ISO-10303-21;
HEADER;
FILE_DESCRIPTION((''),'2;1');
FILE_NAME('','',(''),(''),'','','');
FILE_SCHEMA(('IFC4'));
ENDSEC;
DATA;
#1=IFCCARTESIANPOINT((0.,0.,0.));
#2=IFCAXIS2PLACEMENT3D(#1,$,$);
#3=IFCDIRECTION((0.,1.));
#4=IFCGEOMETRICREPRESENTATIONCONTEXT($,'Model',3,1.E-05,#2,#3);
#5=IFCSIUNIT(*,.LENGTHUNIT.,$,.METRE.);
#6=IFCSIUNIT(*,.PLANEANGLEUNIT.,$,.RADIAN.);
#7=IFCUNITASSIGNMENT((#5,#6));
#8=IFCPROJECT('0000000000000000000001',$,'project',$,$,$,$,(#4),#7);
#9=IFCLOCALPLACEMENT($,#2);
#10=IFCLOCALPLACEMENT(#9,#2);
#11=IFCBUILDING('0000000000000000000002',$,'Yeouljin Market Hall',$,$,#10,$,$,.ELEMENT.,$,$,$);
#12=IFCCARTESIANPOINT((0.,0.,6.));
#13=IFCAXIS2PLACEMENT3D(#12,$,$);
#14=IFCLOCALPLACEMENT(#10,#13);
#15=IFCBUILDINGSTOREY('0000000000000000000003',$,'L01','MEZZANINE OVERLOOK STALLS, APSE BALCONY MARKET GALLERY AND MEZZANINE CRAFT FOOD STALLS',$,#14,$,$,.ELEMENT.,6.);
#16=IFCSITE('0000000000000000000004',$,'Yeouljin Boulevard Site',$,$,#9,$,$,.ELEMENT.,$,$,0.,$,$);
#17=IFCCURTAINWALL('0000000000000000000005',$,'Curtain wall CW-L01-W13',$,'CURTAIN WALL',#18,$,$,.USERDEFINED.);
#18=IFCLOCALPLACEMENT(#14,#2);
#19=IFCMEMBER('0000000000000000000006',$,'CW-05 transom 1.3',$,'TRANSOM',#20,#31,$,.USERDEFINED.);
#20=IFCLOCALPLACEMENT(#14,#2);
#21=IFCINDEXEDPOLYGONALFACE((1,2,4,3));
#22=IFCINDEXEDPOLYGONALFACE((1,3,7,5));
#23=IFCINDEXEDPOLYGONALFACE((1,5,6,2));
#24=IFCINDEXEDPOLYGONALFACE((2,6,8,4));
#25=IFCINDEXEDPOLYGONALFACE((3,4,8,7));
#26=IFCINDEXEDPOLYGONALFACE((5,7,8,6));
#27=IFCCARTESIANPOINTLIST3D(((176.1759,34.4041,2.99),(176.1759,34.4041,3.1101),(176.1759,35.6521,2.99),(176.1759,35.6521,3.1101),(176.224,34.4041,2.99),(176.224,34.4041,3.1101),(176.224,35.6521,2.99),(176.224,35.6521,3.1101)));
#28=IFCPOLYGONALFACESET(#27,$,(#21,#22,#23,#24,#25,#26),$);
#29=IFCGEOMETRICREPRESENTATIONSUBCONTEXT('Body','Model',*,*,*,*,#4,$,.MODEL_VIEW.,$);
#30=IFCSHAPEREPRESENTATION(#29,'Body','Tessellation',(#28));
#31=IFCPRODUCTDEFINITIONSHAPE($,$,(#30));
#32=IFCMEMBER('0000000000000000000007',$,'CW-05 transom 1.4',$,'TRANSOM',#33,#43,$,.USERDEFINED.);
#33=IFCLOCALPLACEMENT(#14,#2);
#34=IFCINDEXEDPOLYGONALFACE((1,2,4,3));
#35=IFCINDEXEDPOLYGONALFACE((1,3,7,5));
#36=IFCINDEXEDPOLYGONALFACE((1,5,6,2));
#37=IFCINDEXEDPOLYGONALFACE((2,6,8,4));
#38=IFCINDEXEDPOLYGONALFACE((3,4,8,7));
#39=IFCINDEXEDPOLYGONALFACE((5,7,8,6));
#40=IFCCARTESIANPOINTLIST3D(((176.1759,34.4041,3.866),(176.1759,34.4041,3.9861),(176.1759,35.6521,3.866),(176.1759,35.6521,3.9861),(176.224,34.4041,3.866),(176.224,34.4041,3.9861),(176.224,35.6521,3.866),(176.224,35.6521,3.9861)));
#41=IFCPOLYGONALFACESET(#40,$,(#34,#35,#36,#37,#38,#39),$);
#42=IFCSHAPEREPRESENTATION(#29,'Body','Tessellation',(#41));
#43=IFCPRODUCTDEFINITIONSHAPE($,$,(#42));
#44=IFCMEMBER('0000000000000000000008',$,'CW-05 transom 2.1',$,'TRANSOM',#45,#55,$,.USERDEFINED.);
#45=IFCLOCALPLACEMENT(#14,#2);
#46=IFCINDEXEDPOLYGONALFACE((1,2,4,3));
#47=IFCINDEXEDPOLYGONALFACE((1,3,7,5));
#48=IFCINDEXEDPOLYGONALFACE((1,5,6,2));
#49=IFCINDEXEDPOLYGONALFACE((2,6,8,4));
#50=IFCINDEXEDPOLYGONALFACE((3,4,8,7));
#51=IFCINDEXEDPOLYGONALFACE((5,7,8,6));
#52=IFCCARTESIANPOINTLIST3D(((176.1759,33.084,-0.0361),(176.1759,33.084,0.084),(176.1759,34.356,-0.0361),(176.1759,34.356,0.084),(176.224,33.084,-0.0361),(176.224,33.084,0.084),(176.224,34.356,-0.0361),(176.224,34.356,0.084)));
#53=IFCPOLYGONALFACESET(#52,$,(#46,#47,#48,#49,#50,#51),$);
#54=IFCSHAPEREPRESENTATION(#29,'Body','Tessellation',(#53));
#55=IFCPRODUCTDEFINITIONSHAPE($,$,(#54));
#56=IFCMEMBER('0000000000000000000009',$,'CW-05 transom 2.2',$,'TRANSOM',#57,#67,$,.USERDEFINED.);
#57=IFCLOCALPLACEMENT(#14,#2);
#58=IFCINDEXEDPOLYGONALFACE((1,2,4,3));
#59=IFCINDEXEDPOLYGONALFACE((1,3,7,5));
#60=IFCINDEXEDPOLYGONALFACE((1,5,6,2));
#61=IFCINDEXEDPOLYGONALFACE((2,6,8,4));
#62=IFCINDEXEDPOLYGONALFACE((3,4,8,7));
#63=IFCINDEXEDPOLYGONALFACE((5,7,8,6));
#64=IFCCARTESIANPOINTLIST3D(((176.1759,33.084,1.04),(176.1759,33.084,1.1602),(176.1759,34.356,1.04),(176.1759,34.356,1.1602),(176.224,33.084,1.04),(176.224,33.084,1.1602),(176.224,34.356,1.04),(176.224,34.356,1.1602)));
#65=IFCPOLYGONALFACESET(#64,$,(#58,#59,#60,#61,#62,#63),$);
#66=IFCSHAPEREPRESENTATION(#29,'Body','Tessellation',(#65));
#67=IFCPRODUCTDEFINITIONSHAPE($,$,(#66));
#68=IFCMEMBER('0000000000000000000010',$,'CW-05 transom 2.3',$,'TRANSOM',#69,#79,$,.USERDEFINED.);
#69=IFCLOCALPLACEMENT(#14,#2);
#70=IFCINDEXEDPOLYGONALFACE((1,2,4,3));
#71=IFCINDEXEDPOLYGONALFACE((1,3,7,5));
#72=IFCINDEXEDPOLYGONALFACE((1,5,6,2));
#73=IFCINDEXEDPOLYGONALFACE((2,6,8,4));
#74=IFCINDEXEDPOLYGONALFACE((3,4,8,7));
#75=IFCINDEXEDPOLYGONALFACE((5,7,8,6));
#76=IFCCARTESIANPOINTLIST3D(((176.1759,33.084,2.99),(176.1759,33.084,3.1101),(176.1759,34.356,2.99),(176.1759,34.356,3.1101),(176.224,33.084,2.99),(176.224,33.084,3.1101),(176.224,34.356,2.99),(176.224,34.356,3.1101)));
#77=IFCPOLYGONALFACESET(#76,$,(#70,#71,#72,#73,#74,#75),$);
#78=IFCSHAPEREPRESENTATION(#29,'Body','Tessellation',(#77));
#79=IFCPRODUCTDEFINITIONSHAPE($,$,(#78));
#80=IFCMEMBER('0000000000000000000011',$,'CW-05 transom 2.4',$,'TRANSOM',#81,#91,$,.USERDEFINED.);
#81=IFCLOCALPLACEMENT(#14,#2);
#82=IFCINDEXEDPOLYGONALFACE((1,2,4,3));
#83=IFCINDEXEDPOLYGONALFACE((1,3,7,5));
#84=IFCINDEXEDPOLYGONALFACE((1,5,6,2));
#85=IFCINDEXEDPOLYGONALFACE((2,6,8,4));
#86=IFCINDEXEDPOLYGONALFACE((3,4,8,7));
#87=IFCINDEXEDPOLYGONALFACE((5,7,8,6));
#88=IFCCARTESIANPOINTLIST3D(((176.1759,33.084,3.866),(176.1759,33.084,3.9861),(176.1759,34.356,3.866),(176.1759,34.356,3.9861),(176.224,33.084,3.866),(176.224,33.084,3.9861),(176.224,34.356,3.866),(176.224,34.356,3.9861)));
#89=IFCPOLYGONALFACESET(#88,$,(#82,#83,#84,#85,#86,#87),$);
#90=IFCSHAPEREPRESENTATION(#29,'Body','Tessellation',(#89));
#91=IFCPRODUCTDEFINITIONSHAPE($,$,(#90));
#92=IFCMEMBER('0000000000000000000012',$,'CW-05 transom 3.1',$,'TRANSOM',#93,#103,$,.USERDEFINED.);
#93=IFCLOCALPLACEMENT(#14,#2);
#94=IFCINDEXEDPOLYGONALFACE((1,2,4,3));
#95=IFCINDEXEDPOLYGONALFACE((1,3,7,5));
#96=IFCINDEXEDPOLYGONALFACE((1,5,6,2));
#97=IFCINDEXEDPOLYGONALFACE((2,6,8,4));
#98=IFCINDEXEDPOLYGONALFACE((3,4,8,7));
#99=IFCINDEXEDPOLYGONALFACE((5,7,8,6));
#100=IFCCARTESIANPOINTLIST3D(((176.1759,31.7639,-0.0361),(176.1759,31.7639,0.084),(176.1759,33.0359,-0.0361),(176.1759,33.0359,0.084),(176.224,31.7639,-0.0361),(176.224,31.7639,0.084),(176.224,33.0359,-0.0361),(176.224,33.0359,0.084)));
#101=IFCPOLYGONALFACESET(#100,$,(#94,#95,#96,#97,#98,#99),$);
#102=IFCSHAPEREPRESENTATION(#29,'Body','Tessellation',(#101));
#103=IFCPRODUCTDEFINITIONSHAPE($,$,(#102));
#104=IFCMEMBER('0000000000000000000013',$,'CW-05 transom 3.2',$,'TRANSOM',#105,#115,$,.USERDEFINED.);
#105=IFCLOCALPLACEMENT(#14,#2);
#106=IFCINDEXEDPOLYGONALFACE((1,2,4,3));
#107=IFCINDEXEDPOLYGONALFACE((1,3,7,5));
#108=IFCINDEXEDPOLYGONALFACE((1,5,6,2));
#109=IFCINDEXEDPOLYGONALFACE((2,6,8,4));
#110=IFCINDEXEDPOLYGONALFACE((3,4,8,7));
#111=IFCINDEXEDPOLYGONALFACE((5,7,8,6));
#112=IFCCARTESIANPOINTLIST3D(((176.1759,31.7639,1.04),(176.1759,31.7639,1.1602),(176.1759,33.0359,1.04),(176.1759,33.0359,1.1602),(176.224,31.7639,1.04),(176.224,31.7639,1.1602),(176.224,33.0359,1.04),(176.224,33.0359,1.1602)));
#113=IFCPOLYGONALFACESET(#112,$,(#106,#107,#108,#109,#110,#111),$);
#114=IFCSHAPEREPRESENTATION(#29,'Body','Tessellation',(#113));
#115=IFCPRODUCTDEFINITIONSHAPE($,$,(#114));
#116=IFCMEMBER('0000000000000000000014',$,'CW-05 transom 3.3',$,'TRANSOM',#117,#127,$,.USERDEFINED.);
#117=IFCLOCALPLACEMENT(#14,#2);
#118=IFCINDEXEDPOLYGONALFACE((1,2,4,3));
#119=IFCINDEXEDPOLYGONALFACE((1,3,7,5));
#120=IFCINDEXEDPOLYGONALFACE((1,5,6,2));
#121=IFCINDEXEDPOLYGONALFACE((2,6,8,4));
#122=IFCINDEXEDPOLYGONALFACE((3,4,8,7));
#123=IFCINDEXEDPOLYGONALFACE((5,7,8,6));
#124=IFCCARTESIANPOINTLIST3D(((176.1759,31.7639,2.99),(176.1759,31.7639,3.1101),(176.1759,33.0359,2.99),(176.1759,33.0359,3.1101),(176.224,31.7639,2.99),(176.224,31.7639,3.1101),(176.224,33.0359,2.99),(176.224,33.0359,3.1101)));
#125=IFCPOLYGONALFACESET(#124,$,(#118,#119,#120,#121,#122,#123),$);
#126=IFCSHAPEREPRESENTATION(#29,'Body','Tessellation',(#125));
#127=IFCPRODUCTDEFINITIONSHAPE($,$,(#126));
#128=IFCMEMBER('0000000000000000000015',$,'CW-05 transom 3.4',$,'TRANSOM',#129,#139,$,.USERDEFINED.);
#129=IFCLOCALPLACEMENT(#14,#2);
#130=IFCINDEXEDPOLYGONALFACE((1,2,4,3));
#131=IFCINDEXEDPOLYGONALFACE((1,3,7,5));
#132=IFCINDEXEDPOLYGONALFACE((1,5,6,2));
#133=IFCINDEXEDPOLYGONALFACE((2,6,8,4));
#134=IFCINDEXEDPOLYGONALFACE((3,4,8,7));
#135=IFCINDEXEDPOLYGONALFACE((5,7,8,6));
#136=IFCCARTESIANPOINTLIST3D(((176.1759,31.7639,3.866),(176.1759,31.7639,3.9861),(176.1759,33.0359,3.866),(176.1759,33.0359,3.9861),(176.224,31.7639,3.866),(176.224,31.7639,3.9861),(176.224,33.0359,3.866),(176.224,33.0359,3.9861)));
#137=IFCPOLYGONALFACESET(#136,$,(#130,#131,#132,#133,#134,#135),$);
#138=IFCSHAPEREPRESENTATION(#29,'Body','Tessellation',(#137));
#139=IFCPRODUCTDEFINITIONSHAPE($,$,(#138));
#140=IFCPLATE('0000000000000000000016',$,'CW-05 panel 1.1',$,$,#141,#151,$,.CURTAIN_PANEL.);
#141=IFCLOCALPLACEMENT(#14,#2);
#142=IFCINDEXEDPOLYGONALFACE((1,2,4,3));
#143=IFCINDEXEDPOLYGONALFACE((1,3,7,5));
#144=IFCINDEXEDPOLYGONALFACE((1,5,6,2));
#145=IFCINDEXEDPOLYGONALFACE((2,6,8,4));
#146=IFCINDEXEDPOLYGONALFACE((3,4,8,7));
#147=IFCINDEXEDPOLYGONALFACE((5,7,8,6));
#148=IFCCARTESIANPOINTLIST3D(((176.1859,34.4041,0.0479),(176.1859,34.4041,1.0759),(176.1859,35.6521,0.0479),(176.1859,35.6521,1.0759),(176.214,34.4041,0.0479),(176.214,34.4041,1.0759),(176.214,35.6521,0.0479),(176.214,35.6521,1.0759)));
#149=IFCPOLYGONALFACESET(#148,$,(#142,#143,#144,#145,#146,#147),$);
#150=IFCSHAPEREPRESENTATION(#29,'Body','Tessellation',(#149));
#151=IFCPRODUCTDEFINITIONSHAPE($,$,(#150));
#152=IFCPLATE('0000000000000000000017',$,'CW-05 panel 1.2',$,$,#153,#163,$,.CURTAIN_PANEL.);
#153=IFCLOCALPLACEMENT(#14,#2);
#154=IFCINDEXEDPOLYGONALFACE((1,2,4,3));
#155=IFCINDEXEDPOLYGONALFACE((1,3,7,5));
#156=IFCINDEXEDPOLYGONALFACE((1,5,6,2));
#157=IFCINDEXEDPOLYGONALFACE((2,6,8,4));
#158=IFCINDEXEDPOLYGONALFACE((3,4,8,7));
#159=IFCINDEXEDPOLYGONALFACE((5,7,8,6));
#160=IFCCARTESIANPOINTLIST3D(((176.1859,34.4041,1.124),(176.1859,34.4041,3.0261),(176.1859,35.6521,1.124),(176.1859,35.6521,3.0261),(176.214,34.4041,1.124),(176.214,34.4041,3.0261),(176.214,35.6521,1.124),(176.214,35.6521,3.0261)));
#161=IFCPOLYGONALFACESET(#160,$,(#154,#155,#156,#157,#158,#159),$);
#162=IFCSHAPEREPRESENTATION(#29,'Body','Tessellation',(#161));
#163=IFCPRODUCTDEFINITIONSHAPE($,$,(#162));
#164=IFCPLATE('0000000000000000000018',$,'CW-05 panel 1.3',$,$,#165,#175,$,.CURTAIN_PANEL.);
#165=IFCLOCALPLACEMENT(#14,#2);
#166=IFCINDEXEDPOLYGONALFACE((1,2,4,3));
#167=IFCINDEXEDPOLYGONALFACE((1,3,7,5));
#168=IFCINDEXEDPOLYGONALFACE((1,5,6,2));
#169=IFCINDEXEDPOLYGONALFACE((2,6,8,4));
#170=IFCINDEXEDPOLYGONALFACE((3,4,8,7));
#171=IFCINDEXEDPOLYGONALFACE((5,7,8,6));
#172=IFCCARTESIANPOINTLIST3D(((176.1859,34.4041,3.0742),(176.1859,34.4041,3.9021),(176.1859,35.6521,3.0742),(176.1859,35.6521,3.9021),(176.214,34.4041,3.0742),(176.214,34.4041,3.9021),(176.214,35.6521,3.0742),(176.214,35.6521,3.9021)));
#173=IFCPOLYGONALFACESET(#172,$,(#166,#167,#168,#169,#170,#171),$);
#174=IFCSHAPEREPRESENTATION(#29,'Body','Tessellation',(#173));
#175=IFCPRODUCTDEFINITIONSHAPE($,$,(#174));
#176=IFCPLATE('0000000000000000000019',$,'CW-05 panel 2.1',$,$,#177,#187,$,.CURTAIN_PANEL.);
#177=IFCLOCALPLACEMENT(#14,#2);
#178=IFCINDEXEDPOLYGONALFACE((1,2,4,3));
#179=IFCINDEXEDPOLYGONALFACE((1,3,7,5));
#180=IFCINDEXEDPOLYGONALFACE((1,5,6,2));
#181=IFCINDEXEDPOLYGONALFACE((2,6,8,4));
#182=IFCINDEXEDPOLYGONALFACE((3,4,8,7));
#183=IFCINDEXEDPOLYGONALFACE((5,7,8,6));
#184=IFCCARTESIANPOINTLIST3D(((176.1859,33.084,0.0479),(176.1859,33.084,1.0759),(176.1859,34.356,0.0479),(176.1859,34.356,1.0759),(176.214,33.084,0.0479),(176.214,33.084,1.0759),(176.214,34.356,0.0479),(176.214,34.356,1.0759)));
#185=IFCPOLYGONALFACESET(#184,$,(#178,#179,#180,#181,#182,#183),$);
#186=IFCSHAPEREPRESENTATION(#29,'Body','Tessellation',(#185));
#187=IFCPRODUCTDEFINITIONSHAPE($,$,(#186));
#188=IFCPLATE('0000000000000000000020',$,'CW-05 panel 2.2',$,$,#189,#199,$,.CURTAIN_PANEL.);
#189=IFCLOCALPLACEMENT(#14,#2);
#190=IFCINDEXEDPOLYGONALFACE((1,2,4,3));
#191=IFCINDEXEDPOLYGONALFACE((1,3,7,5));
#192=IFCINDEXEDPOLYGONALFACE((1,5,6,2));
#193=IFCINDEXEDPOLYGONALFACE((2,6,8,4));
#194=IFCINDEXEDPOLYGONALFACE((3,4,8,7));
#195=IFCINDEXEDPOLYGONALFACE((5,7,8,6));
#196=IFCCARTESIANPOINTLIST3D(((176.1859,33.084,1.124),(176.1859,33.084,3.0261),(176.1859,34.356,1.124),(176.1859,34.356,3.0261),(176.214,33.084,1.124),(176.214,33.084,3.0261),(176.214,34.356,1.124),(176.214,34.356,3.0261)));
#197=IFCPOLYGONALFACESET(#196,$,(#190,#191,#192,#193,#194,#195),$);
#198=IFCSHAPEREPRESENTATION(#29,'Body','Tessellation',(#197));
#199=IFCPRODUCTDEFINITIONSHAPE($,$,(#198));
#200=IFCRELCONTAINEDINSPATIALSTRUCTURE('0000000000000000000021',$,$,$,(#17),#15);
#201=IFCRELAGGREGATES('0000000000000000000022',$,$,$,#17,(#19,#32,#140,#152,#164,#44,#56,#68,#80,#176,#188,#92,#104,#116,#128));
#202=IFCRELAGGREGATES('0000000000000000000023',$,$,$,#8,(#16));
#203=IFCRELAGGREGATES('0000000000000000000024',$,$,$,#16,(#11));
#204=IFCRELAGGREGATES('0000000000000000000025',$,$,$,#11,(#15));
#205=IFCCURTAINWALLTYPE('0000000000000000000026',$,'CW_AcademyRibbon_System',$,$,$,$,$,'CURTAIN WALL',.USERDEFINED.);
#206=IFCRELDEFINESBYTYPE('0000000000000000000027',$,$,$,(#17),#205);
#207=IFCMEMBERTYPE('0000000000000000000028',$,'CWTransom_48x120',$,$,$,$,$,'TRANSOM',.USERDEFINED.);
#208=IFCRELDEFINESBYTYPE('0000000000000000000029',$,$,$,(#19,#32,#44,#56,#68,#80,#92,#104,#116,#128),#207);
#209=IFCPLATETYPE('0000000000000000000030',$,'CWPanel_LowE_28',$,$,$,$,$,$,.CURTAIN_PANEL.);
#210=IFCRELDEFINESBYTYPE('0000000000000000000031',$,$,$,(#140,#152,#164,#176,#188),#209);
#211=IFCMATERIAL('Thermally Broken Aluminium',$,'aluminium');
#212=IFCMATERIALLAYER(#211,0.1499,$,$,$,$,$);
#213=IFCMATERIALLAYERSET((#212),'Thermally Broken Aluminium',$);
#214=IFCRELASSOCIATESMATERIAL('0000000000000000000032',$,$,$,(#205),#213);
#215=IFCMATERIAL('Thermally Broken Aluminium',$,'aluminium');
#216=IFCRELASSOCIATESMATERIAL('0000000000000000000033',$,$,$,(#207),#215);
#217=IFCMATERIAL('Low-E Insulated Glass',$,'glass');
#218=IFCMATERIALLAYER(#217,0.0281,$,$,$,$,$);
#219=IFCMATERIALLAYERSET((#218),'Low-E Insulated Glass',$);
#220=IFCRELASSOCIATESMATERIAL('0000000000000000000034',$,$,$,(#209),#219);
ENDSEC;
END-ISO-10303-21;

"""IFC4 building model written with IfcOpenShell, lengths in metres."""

from ifc_helpers import new_model, si_unit, direction, frame, origin, origin_2d, place, context, subcontext, project, spatial, rectangle, extrude, material, layer, layer_set, material_profile, profile_set, type_object, element, aggregate, save


model = new_model("IFC4")

# Units and contexts
model_context = context("Model", 3, precision=1e-05, world=origin(), true_north=direction((0.0, 1.0)))
body_context = subcontext(model_context, "Body", "Model", "MODEL_VIEW")
ifc_project = project(units=[si_unit("LENGTHUNIT", "METRE"), si_unit("PLANEANGLEUNIT", "RADIAN")], contexts=[model_context])

# Site, building, storey
site_placement = place(None, origin())
site = spatial("IfcSite", under=ifc_project, at=site_placement, Name="Yeouljin Boulevard Site", CompositionType="ELEMENT", RefElevation=0.0)
building_placement = place(site_placement, origin())
building = spatial("IfcBuilding", under=site, at=building_placement, Name="Yeouljin Market Hall", CompositionType="ELEMENT")
storey_placement = place(building_placement, frame((0.0, 0.0, 6.0)))
storey = spatial("IfcBuildingStorey", under=building, at=storey_placement, Name="L01", Description="MEZZANINE OVERLOOK STALLS, APSE BALCONY MARKET GALLERY AND MEZZANINE CRAFT FOOD STALLS", CompositionType="ELEMENT", Elevation=6.0)

# Curtain wall, members, plates
ifc_material_1 = material(Name="Thermally Broken Aluminium", Category="aluminium")
ifc_layer_1 = layer(ifc_material_1, 0.1499)
ifc_layer_set_1 = layer_set([ifc_layer_1], Name="Thermally Broken Aluminium")
curtain_wall_type = type_object("IfcCurtainWallType", Name="CW_AcademyRibbon_System", ElementType="CURTAIN WALL", PredefinedType="USERDEFINED", material=ifc_layer_set_1)
curtain_wall_placement = place(storey_placement, origin())
curtain_wall = element("IfcCurtainWall", 1, at=curtain_wall_placement, inside=storey, type_object=curtain_wall_type, Name="Curtain wall CW-L01-W13", ObjectType="CURTAIN WALL", PredefinedType="USERDEFINED")
ifc_material_2 = material(Name="Thermally Broken Aluminium", Category="aluminium")
ifc_material_profile_1 = material_profile(ifc_material_2, rectangle(XDim=0.0481, YDim=0.1201, at=origin_2d()), Name="CW-TRAN-48x120")
ifc_profile_set_1 = profile_set([ifc_material_profile_1], Name="Thermally Broken Aluminium")
member_type_1 = type_object("IfcMemberType", Name="CWTransom_48x120", ElementType="TRANSOM", PredefinedType="USERDEFINED", material=ifc_profile_set_1)
member_1_placement = place(storey_placement, frame((176.2, 35.6521, 3.05), z_axis=(0.0, -1.0, 0.0), x_axis=(1.0, 0.0, 0.0)))
member_1 = element("IfcMember", 2, at=member_1_placement, type_object=member_type_1, Name="CW-05 transom 1.3", ObjectType="TRANSOM", PredefinedType="USERDEFINED", context=body_context, shape_type="SweptSolid", body=[
    extrude(rectangle(XDim=0.0481, YDim=0.1201, at=origin_2d()), origin(), (0.0, 0.0, 1.0), 1.248),
])
member_2_placement = place(storey_placement, frame((176.2, 35.6521, 3.926), z_axis=(0.0, -1.0, 0.0), x_axis=(1.0, 0.0, 0.0)))
member_2 = element("IfcMember", 3, at=member_2_placement, type_object=member_type_1, Name="CW-05 transom 1.4", ObjectType="TRANSOM", PredefinedType="USERDEFINED", context=body_context, shape_type="SweptSolid", body=[
    extrude(rectangle(XDim=0.0481, YDim=0.1201, at=origin_2d()), origin(), (0.0, 0.0, 1.0), 1.248),
])
member_3_placement = place(storey_placement, frame((176.2, 34.356, 0.0239), z_axis=(0.0, -1.0, 0.0), x_axis=(1.0, 0.0, 0.0)))
member_3 = element("IfcMember", 4, at=member_3_placement, type_object=member_type_1, Name="CW-05 transom 2.1", ObjectType="TRANSOM", PredefinedType="USERDEFINED", context=body_context, shape_type="SweptSolid", body=[
    extrude(rectangle(XDim=0.0481, YDim=0.1201, at=origin_2d()), origin(), (0.0, 0.0, 1.0), 1.272),
])
member_4_placement = place(storey_placement, frame((176.2, 34.356, 1.1001), z_axis=(0.0, -1.0, 0.0), x_axis=(1.0, 0.0, 0.0)))
member_4 = element("IfcMember", 5, at=member_4_placement, type_object=member_type_1, Name="CW-05 transom 2.2", ObjectType="TRANSOM", PredefinedType="USERDEFINED", context=body_context, shape_type="SweptSolid", body=[
    extrude(rectangle(XDim=0.0481, YDim=0.1201, at=origin_2d()), origin(), (0.0, 0.0, 1.0), 1.272),
])
member_5_placement = place(storey_placement, frame((176.2, 34.356, 3.05), z_axis=(0.0, -1.0, 0.0), x_axis=(1.0, 0.0, 0.0)))
member_5 = element("IfcMember", 6, at=member_5_placement, type_object=member_type_1, Name="CW-05 transom 2.3", ObjectType="TRANSOM", PredefinedType="USERDEFINED", context=body_context, shape_type="SweptSolid", body=[
    extrude(rectangle(XDim=0.0481, YDim=0.1201, at=origin_2d()), origin(), (0.0, 0.0, 1.0), 1.272),
])
member_6_placement = place(storey_placement, frame((176.2, 34.356, 3.926), z_axis=(0.0, -1.0, 0.0), x_axis=(1.0, 0.0, 0.0)))
member_6 = element("IfcMember", 7, at=member_6_placement, type_object=member_type_1, Name="CW-05 transom 2.4", ObjectType="TRANSOM", PredefinedType="USERDEFINED", context=body_context, shape_type="SweptSolid", body=[
    extrude(rectangle(XDim=0.0481, YDim=0.1201, at=origin_2d()), origin(), (0.0, 0.0, 1.0), 1.272),
])
member_7_placement = place(storey_placement, frame((176.2, 33.0359, 0.0239), z_axis=(0.0, -1.0, 0.0), x_axis=(1.0, 0.0, 0.0)))
member_7 = element("IfcMember", 8, at=member_7_placement, type_object=member_type_1, Name="CW-05 transom 3.1", ObjectType="TRANSOM", PredefinedType="USERDEFINED", context=body_context, shape_type="SweptSolid", body=[
    extrude(rectangle(XDim=0.0481, YDim=0.1201, at=origin_2d()), origin(), (0.0, 0.0, 1.0), 1.272),
])
member_8_placement = place(storey_placement, frame((176.2, 33.0359, 1.1001), z_axis=(0.0, -1.0, 0.0), x_axis=(1.0, 0.0, 0.0)))
member_8 = element("IfcMember", 9, at=member_8_placement, type_object=member_type_1, Name="CW-05 transom 3.2", ObjectType="TRANSOM", PredefinedType="USERDEFINED", context=body_context, shape_type="SweptSolid", body=[
    extrude(rectangle(XDim=0.0481, YDim=0.1201, at=origin_2d()), origin(), (0.0, 0.0, 1.0), 1.272),
])
member_9_placement = place(storey_placement, frame((176.2, 33.0359, 3.05), z_axis=(0.0, -1.0, 0.0), x_axis=(1.0, 0.0, 0.0)))
member_9 = element("IfcMember", 10, at=member_9_placement, type_object=member_type_1, Name="CW-05 transom 3.3", ObjectType="TRANSOM", PredefinedType="USERDEFINED", context=body_context, shape_type="SweptSolid", body=[
    extrude(rectangle(XDim=0.0481, YDim=0.1201, at=origin_2d()), origin(), (0.0, 0.0, 1.0), 1.272),
])
member_10_placement = place(storey_placement, frame((176.2, 33.0359, 3.926), z_axis=(0.0, -1.0, 0.0), x_axis=(1.0, 0.0, 0.0)))
member_10 = element("IfcMember", 11, at=member_10_placement, type_object=member_type_1, Name="CW-05 transom 3.4", ObjectType="TRANSOM", PredefinedType="USERDEFINED", context=body_context, shape_type="SweptSolid", body=[
    extrude(rectangle(XDim=0.0481, YDim=0.1201, at=origin_2d()), origin(), (0.0, 0.0, 1.0), 1.272),
])
ifc_material_3 = material(Name="Low-E Insulated Glass", Category="glass")
ifc_layer_2 = layer(ifc_material_3, 0.0281)
ifc_layer_set_2 = layer_set([ifc_layer_2], Name="Low-E Insulated Glass")
plate_type_1 = type_object("IfcPlateType", Name="CWPanel_LowE_28", PredefinedType="CURTAIN_PANEL", material=ifc_layer_set_2)
plate_1_placement = place(storey_placement, frame((176.2, 35.0281, 0.0479), z_axis=(0.0, 0.0, 1.0), x_axis=(0.0, -1.0, 0.0)))
plate_1 = element("IfcPlate", 12, at=plate_1_placement, type_object=plate_type_1, Name="CW-05 panel 1.1", PredefinedType="CURTAIN_PANEL", context=body_context, shape_type="SweptSolid", body=[
    extrude(rectangle(XDim=1.248, YDim=0.0281, at=origin_2d()), origin(), (0.0, 0.0, 1.0), 1.0281),
])
plate_2_placement = place(storey_placement, frame((176.2, 35.0281, 1.124), z_axis=(0.0, 0.0, 1.0), x_axis=(0.0, -1.0, 0.0)))
plate_2 = element("IfcPlate", 13, at=plate_2_placement, type_object=plate_type_1, Name="CW-05 panel 1.2", PredefinedType="CURTAIN_PANEL", context=body_context, shape_type="SweptSolid", body=[
    extrude(rectangle(XDim=1.248, YDim=0.0281, at=origin_2d()), origin(), (0.0, 0.0, 1.0), 1.9021),
])
plate_3_placement = place(storey_placement, frame((176.2, 35.0281, 3.0742), z_axis=(0.0, 0.0, 1.0), x_axis=(0.0, -1.0, 0.0)))
plate_3 = element("IfcPlate", 14, at=plate_3_placement, type_object=plate_type_1, Name="CW-05 panel 1.3", PredefinedType="CURTAIN_PANEL", context=body_context, shape_type="SweptSolid", body=[
    extrude(rectangle(XDim=1.248, YDim=0.0281, at=origin_2d()), origin(), (0.0, 0.0, 1.0), 0.8279),
])
plate_4_placement = place(storey_placement, frame((176.2, 33.72, 0.0479), z_axis=(0.0, 0.0, 1.0), x_axis=(0.0, -1.0, 0.0)))
plate_4 = element("IfcPlate", 15, at=plate_4_placement, type_object=plate_type_1, Name="CW-05 panel 2.1", PredefinedType="CURTAIN_PANEL", context=body_context, shape_type="SweptSolid", body=[
    extrude(rectangle(XDim=1.272, YDim=0.0281, at=origin_2d()), origin(), (0.0, 0.0, 1.0), 1.0281),
])
plate_5_placement = place(storey_placement, frame((176.2, 33.72, 1.124), z_axis=(0.0, 0.0, 1.0), x_axis=(0.0, -1.0, 0.0)))
plate_5 = element("IfcPlate", 16, at=plate_5_placement, type_object=plate_type_1, Name="CW-05 panel 2.2", PredefinedType="CURTAIN_PANEL", context=body_context, shape_type="SweptSolid", body=[
    extrude(rectangle(XDim=1.272, YDim=0.0281, at=origin_2d()), origin(), (0.0, 0.0, 1.0), 1.9021),
])
aggregate(curtain_wall, [member_1, member_2, plate_1, plate_2, plate_3, member_3, member_4, member_5, member_6, plate_4, plate_5, member_7, member_8, member_9, member_10])

save(model, "model.ifc")
